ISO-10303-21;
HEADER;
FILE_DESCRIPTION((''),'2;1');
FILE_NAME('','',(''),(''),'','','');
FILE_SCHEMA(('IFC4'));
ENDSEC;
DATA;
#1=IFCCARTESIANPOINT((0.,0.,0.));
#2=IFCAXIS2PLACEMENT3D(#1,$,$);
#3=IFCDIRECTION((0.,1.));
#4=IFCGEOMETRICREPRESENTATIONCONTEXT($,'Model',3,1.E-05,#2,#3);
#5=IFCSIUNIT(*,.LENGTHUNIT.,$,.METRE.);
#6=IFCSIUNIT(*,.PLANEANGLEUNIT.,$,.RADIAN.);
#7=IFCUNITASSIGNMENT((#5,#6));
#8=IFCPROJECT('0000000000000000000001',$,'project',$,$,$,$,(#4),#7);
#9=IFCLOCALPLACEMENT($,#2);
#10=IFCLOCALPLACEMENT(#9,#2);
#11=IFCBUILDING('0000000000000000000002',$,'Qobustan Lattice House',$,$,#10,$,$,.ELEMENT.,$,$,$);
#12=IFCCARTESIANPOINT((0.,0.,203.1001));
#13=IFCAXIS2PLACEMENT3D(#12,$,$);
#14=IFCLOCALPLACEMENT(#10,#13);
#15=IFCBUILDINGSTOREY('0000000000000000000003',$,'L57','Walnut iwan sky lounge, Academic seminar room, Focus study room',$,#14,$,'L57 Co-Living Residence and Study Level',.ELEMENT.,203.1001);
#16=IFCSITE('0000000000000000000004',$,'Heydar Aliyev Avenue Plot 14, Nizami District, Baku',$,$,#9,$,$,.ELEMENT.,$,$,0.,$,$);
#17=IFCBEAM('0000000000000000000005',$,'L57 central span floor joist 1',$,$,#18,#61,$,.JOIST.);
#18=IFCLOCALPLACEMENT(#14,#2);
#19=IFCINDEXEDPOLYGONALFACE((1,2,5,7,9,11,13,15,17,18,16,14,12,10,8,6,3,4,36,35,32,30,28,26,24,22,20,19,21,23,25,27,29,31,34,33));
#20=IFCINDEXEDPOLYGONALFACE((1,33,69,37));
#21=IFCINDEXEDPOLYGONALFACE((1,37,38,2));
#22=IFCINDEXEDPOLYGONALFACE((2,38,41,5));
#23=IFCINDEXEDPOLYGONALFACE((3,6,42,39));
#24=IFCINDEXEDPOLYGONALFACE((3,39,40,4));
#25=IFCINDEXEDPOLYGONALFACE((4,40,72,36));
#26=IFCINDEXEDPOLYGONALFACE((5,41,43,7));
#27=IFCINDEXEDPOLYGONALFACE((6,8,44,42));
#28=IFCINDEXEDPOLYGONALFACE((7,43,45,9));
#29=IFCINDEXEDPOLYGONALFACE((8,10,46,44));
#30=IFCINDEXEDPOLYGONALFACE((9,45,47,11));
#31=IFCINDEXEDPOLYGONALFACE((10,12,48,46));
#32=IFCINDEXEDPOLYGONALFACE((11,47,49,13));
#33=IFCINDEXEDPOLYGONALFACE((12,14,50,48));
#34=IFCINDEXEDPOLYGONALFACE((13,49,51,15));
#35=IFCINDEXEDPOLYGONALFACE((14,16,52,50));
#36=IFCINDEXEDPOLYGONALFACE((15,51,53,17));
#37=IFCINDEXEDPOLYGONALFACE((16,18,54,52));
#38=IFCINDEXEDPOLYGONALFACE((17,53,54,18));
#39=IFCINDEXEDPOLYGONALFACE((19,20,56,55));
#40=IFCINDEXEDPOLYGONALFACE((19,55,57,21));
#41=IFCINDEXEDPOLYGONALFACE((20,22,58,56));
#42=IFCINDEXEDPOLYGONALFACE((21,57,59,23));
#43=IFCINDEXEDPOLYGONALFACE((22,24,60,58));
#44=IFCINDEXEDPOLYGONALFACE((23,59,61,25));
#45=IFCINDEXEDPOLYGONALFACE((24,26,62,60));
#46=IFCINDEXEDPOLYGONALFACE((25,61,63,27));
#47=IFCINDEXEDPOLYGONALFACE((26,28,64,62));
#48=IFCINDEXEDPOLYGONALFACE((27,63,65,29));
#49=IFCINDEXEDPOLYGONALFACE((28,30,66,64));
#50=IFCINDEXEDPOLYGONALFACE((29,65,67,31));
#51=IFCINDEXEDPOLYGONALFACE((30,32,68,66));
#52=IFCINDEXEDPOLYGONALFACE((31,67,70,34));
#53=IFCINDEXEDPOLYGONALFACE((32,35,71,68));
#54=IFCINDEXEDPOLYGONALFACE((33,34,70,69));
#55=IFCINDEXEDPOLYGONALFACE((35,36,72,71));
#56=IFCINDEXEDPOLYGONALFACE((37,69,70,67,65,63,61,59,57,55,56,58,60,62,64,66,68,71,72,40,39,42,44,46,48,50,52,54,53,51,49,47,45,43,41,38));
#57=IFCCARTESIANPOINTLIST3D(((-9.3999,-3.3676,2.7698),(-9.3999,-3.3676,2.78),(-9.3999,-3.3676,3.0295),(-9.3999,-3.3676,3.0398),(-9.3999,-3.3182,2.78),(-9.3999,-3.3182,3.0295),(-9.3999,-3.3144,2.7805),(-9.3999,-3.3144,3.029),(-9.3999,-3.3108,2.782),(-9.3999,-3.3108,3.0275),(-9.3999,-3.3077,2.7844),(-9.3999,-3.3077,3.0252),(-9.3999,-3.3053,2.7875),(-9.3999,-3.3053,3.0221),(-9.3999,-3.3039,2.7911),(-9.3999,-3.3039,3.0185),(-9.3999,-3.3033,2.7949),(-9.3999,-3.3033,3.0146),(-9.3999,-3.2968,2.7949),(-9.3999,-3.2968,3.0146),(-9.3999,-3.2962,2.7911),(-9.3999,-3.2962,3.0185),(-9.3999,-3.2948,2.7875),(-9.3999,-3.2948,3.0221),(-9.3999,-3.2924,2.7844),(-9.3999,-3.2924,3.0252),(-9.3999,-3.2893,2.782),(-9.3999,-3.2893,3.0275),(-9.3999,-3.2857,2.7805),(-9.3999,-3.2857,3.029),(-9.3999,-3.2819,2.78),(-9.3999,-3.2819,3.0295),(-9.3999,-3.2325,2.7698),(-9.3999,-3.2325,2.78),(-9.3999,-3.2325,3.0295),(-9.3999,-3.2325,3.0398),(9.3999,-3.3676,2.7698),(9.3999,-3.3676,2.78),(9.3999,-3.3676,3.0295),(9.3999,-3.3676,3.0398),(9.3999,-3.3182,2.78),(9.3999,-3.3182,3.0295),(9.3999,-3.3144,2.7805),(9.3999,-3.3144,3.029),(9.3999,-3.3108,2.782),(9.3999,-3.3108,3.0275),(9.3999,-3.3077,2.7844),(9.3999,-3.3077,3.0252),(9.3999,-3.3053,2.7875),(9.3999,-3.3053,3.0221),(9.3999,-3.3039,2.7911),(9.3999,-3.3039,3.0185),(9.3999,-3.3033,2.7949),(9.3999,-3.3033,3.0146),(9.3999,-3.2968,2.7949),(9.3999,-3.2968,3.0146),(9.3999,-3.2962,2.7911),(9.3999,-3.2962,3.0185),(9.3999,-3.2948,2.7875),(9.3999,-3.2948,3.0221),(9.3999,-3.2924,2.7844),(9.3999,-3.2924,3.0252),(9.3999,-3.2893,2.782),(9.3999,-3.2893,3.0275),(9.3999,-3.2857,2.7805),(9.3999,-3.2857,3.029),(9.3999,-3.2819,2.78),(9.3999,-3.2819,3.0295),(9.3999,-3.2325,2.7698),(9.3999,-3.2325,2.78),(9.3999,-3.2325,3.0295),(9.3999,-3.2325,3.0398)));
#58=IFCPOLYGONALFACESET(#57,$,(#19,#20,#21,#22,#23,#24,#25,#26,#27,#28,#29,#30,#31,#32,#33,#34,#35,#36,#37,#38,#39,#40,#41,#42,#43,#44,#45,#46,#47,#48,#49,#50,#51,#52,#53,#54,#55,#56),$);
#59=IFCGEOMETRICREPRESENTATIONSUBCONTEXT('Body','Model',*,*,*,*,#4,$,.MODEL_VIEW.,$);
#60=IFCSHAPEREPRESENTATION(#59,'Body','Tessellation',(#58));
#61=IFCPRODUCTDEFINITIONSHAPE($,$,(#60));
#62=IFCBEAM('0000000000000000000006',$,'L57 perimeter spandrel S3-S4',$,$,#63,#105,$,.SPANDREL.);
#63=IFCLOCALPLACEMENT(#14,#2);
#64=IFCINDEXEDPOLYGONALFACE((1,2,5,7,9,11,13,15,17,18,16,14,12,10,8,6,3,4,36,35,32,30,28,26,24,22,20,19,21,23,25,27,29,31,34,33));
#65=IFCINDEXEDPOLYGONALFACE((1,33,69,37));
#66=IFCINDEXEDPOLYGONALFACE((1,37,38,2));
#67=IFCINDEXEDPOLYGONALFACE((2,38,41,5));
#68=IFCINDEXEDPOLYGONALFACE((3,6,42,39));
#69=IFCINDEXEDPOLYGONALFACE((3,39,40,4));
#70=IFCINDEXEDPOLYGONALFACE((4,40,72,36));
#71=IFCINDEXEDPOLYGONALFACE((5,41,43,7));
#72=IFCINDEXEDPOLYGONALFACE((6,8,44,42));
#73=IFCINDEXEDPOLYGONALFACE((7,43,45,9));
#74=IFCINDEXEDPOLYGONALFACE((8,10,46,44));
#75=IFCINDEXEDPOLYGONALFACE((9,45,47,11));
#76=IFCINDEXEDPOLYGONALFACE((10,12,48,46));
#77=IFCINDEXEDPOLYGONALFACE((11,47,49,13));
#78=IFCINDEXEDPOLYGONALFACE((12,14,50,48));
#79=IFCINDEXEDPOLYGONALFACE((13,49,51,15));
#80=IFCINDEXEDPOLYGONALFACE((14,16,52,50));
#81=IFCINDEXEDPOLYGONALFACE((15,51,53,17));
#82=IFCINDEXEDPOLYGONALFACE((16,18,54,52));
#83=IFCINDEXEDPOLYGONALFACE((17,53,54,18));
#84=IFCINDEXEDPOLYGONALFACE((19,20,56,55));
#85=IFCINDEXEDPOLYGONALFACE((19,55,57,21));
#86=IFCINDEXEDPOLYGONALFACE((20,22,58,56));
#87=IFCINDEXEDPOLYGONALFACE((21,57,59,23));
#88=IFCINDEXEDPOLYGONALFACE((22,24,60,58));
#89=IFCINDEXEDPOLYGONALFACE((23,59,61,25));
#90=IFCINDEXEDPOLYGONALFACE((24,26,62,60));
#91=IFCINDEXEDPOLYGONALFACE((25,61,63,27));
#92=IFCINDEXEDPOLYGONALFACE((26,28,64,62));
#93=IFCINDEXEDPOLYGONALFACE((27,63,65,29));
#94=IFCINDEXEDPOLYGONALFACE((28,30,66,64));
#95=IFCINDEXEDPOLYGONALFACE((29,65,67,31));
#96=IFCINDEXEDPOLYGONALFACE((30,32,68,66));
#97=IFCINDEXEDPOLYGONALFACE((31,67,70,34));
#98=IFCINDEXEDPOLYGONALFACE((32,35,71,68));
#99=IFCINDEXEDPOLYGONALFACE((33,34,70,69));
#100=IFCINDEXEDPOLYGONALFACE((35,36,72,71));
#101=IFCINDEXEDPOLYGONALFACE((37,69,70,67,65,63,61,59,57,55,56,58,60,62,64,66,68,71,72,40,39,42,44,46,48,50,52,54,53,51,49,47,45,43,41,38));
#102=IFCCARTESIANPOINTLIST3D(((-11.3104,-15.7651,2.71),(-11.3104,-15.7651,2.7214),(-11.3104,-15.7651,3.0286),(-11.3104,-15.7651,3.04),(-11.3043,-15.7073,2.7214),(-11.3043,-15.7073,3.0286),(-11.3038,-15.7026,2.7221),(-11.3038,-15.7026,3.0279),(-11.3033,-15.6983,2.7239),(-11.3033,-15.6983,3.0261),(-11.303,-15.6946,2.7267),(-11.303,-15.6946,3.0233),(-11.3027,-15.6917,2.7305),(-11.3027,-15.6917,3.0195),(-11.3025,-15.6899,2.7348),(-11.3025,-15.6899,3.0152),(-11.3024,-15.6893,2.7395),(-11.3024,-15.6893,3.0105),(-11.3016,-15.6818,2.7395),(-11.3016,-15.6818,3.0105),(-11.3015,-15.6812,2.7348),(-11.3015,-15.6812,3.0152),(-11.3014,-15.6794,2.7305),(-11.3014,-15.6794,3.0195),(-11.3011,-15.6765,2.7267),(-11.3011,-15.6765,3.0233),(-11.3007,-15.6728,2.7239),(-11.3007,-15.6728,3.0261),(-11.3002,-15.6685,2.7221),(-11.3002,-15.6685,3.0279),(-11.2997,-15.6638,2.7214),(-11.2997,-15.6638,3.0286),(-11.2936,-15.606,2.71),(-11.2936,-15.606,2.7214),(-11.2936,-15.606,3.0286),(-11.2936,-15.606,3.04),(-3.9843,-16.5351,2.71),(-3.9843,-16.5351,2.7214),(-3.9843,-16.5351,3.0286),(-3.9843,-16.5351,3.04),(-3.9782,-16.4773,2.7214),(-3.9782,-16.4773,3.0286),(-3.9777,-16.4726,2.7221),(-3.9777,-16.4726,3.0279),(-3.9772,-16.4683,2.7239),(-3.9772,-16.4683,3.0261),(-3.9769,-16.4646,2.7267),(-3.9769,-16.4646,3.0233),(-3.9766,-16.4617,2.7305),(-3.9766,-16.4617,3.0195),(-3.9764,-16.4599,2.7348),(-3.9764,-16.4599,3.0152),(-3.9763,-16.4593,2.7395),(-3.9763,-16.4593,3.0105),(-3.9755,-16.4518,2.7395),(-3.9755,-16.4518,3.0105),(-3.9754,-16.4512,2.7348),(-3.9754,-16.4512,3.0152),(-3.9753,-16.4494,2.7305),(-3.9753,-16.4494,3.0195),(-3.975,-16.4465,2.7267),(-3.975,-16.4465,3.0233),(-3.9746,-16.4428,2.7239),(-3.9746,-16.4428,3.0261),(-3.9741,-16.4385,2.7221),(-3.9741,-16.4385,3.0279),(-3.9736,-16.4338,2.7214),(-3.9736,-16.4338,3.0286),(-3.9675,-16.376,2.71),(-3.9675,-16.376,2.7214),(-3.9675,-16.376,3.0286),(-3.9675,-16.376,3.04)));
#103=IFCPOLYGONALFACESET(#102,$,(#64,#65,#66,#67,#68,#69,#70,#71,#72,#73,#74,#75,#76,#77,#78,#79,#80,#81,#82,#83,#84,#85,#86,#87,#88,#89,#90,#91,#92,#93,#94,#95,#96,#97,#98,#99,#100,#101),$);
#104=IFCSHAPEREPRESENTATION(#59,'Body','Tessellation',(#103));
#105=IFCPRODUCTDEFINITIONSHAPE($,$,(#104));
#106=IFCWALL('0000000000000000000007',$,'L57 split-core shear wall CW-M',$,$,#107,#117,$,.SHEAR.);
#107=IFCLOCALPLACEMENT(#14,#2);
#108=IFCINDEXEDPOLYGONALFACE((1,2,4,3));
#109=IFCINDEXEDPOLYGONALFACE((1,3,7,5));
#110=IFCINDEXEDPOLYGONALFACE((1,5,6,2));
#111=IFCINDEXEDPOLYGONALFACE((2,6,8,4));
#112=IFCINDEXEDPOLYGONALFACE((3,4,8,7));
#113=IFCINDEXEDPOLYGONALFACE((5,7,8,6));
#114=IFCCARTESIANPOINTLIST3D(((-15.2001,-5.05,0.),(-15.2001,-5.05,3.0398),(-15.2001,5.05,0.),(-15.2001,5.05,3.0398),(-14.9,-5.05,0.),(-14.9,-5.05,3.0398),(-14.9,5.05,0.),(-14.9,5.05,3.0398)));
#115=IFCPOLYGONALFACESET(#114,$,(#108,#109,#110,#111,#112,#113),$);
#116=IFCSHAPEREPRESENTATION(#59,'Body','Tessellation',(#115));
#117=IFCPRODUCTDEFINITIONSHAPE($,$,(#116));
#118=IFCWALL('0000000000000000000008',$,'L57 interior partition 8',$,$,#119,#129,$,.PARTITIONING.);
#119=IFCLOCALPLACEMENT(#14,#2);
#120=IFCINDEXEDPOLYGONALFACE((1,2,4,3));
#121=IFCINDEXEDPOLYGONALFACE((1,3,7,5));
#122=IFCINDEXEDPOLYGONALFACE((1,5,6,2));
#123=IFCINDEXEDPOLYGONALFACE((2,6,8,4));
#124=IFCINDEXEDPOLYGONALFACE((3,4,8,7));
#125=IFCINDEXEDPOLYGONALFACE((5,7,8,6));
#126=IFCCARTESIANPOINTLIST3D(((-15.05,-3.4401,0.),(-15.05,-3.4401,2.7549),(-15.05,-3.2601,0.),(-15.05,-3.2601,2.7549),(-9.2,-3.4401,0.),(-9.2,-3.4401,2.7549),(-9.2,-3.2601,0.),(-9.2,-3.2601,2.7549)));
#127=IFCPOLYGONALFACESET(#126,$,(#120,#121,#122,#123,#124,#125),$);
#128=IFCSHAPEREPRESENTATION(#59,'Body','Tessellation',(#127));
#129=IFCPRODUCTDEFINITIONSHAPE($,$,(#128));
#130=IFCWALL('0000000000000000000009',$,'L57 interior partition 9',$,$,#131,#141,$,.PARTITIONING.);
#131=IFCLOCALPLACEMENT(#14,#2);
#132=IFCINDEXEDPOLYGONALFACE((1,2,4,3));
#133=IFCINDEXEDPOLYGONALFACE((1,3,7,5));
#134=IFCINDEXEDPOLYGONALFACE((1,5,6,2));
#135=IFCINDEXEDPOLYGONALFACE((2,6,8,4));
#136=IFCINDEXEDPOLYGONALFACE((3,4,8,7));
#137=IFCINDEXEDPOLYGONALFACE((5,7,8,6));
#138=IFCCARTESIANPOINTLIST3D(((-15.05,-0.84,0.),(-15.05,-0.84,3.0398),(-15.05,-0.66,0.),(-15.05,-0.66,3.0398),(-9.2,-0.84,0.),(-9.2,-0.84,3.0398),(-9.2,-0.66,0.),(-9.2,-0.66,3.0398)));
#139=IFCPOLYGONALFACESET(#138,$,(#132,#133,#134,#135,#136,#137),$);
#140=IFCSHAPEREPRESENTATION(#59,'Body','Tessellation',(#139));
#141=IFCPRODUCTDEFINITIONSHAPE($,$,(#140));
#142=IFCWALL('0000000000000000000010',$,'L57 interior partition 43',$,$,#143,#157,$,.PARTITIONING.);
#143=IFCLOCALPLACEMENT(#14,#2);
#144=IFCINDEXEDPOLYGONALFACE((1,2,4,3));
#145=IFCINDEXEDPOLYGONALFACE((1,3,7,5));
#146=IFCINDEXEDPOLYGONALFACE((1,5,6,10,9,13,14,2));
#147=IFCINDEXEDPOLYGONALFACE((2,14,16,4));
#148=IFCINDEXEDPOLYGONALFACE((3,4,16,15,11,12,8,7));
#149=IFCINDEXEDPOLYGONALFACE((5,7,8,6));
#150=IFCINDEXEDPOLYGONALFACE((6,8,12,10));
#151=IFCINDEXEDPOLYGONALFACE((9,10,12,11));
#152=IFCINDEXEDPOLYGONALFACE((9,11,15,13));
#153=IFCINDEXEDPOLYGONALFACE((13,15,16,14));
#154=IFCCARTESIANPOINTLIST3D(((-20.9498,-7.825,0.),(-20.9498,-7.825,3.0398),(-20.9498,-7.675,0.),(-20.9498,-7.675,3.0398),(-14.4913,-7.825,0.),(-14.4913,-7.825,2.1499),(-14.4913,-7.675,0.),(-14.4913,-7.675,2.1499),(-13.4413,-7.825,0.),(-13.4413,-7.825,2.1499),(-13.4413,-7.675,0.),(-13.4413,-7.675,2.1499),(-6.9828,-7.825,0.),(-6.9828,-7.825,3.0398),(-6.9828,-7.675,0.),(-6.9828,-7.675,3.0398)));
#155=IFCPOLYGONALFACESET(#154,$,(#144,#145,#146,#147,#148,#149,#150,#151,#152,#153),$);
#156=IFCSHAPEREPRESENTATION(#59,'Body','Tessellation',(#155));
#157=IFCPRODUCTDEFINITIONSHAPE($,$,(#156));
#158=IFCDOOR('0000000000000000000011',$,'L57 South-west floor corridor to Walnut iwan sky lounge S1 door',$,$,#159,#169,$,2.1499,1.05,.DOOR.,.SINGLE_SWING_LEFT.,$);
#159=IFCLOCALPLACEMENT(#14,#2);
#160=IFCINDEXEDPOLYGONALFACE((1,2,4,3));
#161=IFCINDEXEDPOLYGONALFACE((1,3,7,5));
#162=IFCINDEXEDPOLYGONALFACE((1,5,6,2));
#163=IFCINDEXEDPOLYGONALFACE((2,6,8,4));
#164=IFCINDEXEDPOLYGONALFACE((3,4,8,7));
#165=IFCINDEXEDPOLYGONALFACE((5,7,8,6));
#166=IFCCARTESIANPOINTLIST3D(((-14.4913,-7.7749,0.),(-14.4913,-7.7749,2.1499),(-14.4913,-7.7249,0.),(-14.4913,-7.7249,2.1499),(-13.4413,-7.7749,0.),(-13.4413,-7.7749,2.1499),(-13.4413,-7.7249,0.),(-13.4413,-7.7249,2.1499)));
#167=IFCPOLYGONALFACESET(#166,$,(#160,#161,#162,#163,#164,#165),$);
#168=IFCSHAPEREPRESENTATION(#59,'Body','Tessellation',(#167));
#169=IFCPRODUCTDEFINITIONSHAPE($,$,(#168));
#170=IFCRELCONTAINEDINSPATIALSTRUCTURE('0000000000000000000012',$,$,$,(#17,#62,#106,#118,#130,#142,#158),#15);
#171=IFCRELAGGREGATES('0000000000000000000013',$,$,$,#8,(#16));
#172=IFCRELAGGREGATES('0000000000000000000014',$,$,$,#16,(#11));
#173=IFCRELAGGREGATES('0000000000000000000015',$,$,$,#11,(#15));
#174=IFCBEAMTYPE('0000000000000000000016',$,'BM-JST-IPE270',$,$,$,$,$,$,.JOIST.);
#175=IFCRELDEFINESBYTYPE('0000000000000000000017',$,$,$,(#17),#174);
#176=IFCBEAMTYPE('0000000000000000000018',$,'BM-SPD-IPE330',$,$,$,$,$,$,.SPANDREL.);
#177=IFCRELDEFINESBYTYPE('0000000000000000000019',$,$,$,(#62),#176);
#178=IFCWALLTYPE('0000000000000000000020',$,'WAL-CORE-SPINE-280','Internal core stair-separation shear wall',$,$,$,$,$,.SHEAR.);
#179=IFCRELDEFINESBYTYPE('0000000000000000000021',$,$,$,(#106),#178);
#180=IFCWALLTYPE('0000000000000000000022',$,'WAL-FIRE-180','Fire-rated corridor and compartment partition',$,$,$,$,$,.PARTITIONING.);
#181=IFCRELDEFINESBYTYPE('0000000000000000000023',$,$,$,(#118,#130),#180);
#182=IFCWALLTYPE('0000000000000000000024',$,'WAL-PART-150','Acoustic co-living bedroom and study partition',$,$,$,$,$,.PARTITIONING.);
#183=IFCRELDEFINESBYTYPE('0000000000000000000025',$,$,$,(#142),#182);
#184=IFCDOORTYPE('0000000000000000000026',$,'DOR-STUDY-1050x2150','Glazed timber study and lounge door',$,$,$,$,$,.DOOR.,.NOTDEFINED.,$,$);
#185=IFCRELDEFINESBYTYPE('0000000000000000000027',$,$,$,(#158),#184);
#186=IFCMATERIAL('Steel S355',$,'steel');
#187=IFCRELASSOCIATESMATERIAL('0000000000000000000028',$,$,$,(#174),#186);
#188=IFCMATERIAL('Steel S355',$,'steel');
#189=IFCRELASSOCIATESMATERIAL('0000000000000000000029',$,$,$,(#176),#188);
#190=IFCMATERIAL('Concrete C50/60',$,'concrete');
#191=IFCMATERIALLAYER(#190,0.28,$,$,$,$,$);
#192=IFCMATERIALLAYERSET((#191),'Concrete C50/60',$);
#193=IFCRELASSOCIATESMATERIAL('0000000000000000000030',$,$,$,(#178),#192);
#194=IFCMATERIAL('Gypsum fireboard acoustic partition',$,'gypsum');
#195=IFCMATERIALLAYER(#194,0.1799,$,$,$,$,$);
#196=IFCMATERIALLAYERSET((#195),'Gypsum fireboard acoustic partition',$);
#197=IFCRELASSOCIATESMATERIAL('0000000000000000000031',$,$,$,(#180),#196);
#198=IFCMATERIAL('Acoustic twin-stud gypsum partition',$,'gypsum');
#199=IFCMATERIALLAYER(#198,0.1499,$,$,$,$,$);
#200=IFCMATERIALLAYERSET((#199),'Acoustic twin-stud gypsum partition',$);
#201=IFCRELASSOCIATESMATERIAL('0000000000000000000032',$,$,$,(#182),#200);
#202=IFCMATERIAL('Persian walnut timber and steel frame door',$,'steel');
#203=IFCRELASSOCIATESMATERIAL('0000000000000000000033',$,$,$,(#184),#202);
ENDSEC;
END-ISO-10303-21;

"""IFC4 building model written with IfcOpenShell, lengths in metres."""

from ifc_helpers import new_model, si_unit, direction, frame, frame_2d, origin, origin_2d, place, context, subcontext, project, spatial, rectangle, i_section, extrude, material, layer, layer_set, material_profile, profile_set, type_object, element, fill, save


model = new_model("IFC4")

# Units and contexts
model_context = context("Model", 3, precision=1e-05, world=origin(), true_north=direction((0.0, 1.0)))
body_context = subcontext(model_context, "Body", "Model", "MODEL_VIEW")
ifc_project = project(units=[si_unit("LENGTHUNIT", "METRE"), si_unit("PLANEANGLEUNIT", "RADIAN")], contexts=[model_context])

# Site, building, storey
site_placement = place(None, origin())
site = spatial("IfcSite", under=ifc_project, at=site_placement, Name="Heydar Aliyev Avenue Plot 14, Nizami District, Baku", CompositionType="ELEMENT", RefElevation=0.0)
building_placement = place(site_placement, origin())
building = spatial("IfcBuilding", under=site, at=building_placement, Name="Qobustan Lattice House", CompositionType="ELEMENT")
storey_placement = place(building_placement, frame((0.0, 0.0, 203.1001)))
storey = spatial("IfcBuildingStorey", under=building, at=storey_placement, Name="L57", Description="Walnut iwan sky lounge, Academic seminar room, Focus study room", LongName="L57 Co-Living Residence and Study Level", CompositionType="ELEMENT", Elevation=203.1001)

# Beams
ifc_material_1 = material(Name="Steel S355", Category="steel")
ifc_material_profile_1 = material_profile(ifc_material_1, i_section(OverallWidth=0.135, OverallDepth=0.27, WebThickness=0.0066, FlangeThickness=0.0103, FilletRadius=0.0149, at=origin_2d()), Name="IPE270")
ifc_profile_set_1 = profile_set([ifc_material_profile_1], Name="Steel S355")
beam_type_1 = type_object("IfcBeamType", Name="BM-JST-IPE270", PredefinedType="JOIST", material=ifc_profile_set_1)
beam_1_placement = place(storey_placement, frame((-9.3999, -3.3, 2.9048), z_axis=(1.0, 0.0, 0.0), x_axis=(0.0, 1.0, 0.0)))
element("IfcBeam", 1, at=beam_1_placement, inside=storey, type_object=beam_type_1, Name="L57 central span floor joist 1", PredefinedType="JOIST", context=body_context, shape_type="SweptSolid", body=[
    extrude(i_section(OverallWidth=0.135, OverallDepth=0.27, WebThickness=0.0066, FlangeThickness=0.0103, FilletRadius=0.0149, at=origin_2d()), origin(), (0.0, 0.0, 1.0), 18.7998),
])
ifc_material_2 = material(Name="Steel S355", Category="steel")
ifc_material_profile_2 = material_profile(ifc_material_2, i_section(OverallWidth=0.1599, OverallDepth=0.3301, WebThickness=0.0076, FlangeThickness=0.0115, FilletRadius=0.0181, at=origin_2d()), Name="IPE330")
ifc_profile_set_2 = profile_set([ifc_material_profile_2], Name="Steel S355")
beam_type_2 = type_object("IfcBeamType", Name="BM-SPD-IPE330", PredefinedType="SPANDREL", material=ifc_profile_set_2)
beam_2_placement = place(storey_placement, frame((-11.302, -15.6855, 2.875), z_axis=(0.994522, -0.10453, 0.0), x_axis=(0.10453, 0.994522, 0.0)))
element("IfcBeam", 2, at=beam_2_placement, inside=storey, type_object=beam_type_2, Name="L57 perimeter spandrel S3-S4", PredefinedType="SPANDREL", context=body_context, shape_type="SweptSolid", body=[
    extrude(i_section(OverallWidth=0.1599, OverallDepth=0.3301, WebThickness=0.0076, FlangeThickness=0.0115, FilletRadius=0.0181, at=origin_2d()), origin(), (0.0, 0.0, 1.0), 7.3665),
])

# Walls
ifc_material_3 = material(Name="Concrete C50/60", Category="concrete")
ifc_layer_1 = layer(ifc_material_3, 0.28)
ifc_layer_set_1 = layer_set([ifc_layer_1], Name="Concrete C50/60")
wall_type_1 = type_object("IfcWallType", Name="WAL-CORE-SPINE-280", Description="Internal core stair-separation shear wall", PredefinedType="SHEAR", material=ifc_layer_set_1)
wall_1_placement = place(storey_placement, frame((-15.05, -5.05, 0.0), z_axis=(0.0, 0.0, 1.0), x_axis=(0.0, 1.0, 0.0)))
element("IfcWall", 3, at=wall_1_placement, inside=storey, type_object=wall_type_1, Name="L57 split-core shear wall CW-M", PredefinedType="SHEAR", context=body_context, shape_type="SweptSolid", body=[
    extrude(rectangle(XDim=10.1001, YDim=0.3, at=frame_2d((5.05, 0.0))), origin(), (0.0, 0.0, 1.0), 3.0398),
])
ifc_material_4 = material(Name="Gypsum fireboard acoustic partition", Category="gypsum")
ifc_layer_2 = layer(ifc_material_4, 0.1799)
ifc_layer_set_2 = layer_set([ifc_layer_2], Name="Gypsum fireboard acoustic partition")
wall_type_2 = type_object("IfcWallType", Name="WAL-FIRE-180", Description="Fire-rated corridor and compartment partition", PredefinedType="PARTITIONING", material=ifc_layer_set_2)
wall_2_placement = place(storey_placement, frame((-15.05, -3.3501, 0.0), z_axis=(0.0, 0.0, 1.0), x_axis=(1.0, 0.0, 0.0)))
element("IfcWall", 4, at=wall_2_placement, inside=storey, type_object=wall_type_2, Name="L57 interior partition 8", PredefinedType="PARTITIONING", context=body_context, shape_type="SweptSolid", body=[
    extrude(rectangle(XDim=5.8501, YDim=0.1799, at=frame_2d((2.925, 0.0))), origin(), (0.0, 0.0, 1.0), 2.7549),
])
wall_3_placement = place(storey_placement, frame((-9.2, -0.75, 0.0), z_axis=(0.0, 0.0, 1.0), x_axis=(-1.0, 0.0, 0.0)))
element("IfcWall", 5, at=wall_3_placement, inside=storey, type_object=wall_type_2, Name="L57 interior partition 9", PredefinedType="PARTITIONING", context=body_context, shape_type="SweptSolid", body=[
    extrude(rectangle(XDim=5.8501, YDim=0.1799, at=frame_2d((2.925, 0.0))), origin(), (0.0, 0.0, 1.0), 3.0398),
])

# Wall, opening, door
ifc_material_5 = material(Name="Acoustic twin-stud gypsum partition", Category="gypsum")
ifc_layer_3 = layer(ifc_material_5, 0.1499)
ifc_layer_set_3 = layer_set([ifc_layer_3], Name="Acoustic twin-stud gypsum partition")
wall_type_3 = type_object("IfcWallType", Name="WAL-PART-150", Description="Acoustic co-living bedroom and study partition", PredefinedType="PARTITIONING", material=ifc_layer_set_3)
wall_4_placement = place(storey_placement, frame((-6.9829, -7.75, 0.0), z_axis=(0.0, 0.0, 1.0), x_axis=(-1.0, 0.0, 0.0)))
wall_4 = element("IfcWall", 6, at=wall_4_placement, inside=storey, type_object=wall_type_3, Name="L57 interior partition 43", PredefinedType="PARTITIONING", context=body_context, shape_type="SweptSolid", body=[
    extrude(rectangle(XDim=13.967, YDim=0.1499, at=frame_2d((6.9834, 0.0))), origin(), (0.0, 0.0, 1.0), 3.0398),
])
opening_1_placement = place(wall_4_placement, frame((6.4585, 0.0, 0.0)))
opening_1 = element("IfcOpeningElement", 7, at=opening_1_placement, cuts=wall_4, PredefinedType="OPENING", context=body_context, shape_type="SweptSolid", body=[
    extrude(rectangle(XDim=1.05, YDim=2.1499, at=frame_2d((0.5249, 1.075))), frame((0.0, 0.085, 0.0), z_axis=(0.0, -1.0, 0.0), x_axis=(1.0, 0.0, 0.0)), (0.0, 0.0, 1.0), 0.1699),
])
ifc_material_6 = material(Name="Persian walnut timber and steel frame door", Category="steel")
door_type_1 = type_object("IfcDoorType", Name="DOR-STUDY-1050x2150", Description="Glazed timber study and lounge door", OperationType="NOTDEFINED", PredefinedType="DOOR", material=ifc_material_6)
door_1_placement = place(opening_1_placement, origin())
door_1 = element("IfcDoor", 8, at=door_1_placement, inside=storey, type_object=door_type_1, Name="L57 South-west floor corridor to Walnut iwan sky lounge S1 door", OperationType="SINGLE_SWING_LEFT", OverallHeight=2.1499, OverallWidth=1.05, PredefinedType="DOOR", context=body_context, shape_type="SweptSolid", body=[
    extrude(rectangle(XDim=1.05, YDim=2.1499, at=frame_2d((0.5249, 1.075))), frame((0.0, 0.0249, 0.0), z_axis=(0.0, -1.0, 0.0), x_axis=(1.0, 0.0, 0.0)), (0.0, 0.0, 1.0), 0.05),
])
fill(opening_1, door_1)

save(model, "model.ifc")
